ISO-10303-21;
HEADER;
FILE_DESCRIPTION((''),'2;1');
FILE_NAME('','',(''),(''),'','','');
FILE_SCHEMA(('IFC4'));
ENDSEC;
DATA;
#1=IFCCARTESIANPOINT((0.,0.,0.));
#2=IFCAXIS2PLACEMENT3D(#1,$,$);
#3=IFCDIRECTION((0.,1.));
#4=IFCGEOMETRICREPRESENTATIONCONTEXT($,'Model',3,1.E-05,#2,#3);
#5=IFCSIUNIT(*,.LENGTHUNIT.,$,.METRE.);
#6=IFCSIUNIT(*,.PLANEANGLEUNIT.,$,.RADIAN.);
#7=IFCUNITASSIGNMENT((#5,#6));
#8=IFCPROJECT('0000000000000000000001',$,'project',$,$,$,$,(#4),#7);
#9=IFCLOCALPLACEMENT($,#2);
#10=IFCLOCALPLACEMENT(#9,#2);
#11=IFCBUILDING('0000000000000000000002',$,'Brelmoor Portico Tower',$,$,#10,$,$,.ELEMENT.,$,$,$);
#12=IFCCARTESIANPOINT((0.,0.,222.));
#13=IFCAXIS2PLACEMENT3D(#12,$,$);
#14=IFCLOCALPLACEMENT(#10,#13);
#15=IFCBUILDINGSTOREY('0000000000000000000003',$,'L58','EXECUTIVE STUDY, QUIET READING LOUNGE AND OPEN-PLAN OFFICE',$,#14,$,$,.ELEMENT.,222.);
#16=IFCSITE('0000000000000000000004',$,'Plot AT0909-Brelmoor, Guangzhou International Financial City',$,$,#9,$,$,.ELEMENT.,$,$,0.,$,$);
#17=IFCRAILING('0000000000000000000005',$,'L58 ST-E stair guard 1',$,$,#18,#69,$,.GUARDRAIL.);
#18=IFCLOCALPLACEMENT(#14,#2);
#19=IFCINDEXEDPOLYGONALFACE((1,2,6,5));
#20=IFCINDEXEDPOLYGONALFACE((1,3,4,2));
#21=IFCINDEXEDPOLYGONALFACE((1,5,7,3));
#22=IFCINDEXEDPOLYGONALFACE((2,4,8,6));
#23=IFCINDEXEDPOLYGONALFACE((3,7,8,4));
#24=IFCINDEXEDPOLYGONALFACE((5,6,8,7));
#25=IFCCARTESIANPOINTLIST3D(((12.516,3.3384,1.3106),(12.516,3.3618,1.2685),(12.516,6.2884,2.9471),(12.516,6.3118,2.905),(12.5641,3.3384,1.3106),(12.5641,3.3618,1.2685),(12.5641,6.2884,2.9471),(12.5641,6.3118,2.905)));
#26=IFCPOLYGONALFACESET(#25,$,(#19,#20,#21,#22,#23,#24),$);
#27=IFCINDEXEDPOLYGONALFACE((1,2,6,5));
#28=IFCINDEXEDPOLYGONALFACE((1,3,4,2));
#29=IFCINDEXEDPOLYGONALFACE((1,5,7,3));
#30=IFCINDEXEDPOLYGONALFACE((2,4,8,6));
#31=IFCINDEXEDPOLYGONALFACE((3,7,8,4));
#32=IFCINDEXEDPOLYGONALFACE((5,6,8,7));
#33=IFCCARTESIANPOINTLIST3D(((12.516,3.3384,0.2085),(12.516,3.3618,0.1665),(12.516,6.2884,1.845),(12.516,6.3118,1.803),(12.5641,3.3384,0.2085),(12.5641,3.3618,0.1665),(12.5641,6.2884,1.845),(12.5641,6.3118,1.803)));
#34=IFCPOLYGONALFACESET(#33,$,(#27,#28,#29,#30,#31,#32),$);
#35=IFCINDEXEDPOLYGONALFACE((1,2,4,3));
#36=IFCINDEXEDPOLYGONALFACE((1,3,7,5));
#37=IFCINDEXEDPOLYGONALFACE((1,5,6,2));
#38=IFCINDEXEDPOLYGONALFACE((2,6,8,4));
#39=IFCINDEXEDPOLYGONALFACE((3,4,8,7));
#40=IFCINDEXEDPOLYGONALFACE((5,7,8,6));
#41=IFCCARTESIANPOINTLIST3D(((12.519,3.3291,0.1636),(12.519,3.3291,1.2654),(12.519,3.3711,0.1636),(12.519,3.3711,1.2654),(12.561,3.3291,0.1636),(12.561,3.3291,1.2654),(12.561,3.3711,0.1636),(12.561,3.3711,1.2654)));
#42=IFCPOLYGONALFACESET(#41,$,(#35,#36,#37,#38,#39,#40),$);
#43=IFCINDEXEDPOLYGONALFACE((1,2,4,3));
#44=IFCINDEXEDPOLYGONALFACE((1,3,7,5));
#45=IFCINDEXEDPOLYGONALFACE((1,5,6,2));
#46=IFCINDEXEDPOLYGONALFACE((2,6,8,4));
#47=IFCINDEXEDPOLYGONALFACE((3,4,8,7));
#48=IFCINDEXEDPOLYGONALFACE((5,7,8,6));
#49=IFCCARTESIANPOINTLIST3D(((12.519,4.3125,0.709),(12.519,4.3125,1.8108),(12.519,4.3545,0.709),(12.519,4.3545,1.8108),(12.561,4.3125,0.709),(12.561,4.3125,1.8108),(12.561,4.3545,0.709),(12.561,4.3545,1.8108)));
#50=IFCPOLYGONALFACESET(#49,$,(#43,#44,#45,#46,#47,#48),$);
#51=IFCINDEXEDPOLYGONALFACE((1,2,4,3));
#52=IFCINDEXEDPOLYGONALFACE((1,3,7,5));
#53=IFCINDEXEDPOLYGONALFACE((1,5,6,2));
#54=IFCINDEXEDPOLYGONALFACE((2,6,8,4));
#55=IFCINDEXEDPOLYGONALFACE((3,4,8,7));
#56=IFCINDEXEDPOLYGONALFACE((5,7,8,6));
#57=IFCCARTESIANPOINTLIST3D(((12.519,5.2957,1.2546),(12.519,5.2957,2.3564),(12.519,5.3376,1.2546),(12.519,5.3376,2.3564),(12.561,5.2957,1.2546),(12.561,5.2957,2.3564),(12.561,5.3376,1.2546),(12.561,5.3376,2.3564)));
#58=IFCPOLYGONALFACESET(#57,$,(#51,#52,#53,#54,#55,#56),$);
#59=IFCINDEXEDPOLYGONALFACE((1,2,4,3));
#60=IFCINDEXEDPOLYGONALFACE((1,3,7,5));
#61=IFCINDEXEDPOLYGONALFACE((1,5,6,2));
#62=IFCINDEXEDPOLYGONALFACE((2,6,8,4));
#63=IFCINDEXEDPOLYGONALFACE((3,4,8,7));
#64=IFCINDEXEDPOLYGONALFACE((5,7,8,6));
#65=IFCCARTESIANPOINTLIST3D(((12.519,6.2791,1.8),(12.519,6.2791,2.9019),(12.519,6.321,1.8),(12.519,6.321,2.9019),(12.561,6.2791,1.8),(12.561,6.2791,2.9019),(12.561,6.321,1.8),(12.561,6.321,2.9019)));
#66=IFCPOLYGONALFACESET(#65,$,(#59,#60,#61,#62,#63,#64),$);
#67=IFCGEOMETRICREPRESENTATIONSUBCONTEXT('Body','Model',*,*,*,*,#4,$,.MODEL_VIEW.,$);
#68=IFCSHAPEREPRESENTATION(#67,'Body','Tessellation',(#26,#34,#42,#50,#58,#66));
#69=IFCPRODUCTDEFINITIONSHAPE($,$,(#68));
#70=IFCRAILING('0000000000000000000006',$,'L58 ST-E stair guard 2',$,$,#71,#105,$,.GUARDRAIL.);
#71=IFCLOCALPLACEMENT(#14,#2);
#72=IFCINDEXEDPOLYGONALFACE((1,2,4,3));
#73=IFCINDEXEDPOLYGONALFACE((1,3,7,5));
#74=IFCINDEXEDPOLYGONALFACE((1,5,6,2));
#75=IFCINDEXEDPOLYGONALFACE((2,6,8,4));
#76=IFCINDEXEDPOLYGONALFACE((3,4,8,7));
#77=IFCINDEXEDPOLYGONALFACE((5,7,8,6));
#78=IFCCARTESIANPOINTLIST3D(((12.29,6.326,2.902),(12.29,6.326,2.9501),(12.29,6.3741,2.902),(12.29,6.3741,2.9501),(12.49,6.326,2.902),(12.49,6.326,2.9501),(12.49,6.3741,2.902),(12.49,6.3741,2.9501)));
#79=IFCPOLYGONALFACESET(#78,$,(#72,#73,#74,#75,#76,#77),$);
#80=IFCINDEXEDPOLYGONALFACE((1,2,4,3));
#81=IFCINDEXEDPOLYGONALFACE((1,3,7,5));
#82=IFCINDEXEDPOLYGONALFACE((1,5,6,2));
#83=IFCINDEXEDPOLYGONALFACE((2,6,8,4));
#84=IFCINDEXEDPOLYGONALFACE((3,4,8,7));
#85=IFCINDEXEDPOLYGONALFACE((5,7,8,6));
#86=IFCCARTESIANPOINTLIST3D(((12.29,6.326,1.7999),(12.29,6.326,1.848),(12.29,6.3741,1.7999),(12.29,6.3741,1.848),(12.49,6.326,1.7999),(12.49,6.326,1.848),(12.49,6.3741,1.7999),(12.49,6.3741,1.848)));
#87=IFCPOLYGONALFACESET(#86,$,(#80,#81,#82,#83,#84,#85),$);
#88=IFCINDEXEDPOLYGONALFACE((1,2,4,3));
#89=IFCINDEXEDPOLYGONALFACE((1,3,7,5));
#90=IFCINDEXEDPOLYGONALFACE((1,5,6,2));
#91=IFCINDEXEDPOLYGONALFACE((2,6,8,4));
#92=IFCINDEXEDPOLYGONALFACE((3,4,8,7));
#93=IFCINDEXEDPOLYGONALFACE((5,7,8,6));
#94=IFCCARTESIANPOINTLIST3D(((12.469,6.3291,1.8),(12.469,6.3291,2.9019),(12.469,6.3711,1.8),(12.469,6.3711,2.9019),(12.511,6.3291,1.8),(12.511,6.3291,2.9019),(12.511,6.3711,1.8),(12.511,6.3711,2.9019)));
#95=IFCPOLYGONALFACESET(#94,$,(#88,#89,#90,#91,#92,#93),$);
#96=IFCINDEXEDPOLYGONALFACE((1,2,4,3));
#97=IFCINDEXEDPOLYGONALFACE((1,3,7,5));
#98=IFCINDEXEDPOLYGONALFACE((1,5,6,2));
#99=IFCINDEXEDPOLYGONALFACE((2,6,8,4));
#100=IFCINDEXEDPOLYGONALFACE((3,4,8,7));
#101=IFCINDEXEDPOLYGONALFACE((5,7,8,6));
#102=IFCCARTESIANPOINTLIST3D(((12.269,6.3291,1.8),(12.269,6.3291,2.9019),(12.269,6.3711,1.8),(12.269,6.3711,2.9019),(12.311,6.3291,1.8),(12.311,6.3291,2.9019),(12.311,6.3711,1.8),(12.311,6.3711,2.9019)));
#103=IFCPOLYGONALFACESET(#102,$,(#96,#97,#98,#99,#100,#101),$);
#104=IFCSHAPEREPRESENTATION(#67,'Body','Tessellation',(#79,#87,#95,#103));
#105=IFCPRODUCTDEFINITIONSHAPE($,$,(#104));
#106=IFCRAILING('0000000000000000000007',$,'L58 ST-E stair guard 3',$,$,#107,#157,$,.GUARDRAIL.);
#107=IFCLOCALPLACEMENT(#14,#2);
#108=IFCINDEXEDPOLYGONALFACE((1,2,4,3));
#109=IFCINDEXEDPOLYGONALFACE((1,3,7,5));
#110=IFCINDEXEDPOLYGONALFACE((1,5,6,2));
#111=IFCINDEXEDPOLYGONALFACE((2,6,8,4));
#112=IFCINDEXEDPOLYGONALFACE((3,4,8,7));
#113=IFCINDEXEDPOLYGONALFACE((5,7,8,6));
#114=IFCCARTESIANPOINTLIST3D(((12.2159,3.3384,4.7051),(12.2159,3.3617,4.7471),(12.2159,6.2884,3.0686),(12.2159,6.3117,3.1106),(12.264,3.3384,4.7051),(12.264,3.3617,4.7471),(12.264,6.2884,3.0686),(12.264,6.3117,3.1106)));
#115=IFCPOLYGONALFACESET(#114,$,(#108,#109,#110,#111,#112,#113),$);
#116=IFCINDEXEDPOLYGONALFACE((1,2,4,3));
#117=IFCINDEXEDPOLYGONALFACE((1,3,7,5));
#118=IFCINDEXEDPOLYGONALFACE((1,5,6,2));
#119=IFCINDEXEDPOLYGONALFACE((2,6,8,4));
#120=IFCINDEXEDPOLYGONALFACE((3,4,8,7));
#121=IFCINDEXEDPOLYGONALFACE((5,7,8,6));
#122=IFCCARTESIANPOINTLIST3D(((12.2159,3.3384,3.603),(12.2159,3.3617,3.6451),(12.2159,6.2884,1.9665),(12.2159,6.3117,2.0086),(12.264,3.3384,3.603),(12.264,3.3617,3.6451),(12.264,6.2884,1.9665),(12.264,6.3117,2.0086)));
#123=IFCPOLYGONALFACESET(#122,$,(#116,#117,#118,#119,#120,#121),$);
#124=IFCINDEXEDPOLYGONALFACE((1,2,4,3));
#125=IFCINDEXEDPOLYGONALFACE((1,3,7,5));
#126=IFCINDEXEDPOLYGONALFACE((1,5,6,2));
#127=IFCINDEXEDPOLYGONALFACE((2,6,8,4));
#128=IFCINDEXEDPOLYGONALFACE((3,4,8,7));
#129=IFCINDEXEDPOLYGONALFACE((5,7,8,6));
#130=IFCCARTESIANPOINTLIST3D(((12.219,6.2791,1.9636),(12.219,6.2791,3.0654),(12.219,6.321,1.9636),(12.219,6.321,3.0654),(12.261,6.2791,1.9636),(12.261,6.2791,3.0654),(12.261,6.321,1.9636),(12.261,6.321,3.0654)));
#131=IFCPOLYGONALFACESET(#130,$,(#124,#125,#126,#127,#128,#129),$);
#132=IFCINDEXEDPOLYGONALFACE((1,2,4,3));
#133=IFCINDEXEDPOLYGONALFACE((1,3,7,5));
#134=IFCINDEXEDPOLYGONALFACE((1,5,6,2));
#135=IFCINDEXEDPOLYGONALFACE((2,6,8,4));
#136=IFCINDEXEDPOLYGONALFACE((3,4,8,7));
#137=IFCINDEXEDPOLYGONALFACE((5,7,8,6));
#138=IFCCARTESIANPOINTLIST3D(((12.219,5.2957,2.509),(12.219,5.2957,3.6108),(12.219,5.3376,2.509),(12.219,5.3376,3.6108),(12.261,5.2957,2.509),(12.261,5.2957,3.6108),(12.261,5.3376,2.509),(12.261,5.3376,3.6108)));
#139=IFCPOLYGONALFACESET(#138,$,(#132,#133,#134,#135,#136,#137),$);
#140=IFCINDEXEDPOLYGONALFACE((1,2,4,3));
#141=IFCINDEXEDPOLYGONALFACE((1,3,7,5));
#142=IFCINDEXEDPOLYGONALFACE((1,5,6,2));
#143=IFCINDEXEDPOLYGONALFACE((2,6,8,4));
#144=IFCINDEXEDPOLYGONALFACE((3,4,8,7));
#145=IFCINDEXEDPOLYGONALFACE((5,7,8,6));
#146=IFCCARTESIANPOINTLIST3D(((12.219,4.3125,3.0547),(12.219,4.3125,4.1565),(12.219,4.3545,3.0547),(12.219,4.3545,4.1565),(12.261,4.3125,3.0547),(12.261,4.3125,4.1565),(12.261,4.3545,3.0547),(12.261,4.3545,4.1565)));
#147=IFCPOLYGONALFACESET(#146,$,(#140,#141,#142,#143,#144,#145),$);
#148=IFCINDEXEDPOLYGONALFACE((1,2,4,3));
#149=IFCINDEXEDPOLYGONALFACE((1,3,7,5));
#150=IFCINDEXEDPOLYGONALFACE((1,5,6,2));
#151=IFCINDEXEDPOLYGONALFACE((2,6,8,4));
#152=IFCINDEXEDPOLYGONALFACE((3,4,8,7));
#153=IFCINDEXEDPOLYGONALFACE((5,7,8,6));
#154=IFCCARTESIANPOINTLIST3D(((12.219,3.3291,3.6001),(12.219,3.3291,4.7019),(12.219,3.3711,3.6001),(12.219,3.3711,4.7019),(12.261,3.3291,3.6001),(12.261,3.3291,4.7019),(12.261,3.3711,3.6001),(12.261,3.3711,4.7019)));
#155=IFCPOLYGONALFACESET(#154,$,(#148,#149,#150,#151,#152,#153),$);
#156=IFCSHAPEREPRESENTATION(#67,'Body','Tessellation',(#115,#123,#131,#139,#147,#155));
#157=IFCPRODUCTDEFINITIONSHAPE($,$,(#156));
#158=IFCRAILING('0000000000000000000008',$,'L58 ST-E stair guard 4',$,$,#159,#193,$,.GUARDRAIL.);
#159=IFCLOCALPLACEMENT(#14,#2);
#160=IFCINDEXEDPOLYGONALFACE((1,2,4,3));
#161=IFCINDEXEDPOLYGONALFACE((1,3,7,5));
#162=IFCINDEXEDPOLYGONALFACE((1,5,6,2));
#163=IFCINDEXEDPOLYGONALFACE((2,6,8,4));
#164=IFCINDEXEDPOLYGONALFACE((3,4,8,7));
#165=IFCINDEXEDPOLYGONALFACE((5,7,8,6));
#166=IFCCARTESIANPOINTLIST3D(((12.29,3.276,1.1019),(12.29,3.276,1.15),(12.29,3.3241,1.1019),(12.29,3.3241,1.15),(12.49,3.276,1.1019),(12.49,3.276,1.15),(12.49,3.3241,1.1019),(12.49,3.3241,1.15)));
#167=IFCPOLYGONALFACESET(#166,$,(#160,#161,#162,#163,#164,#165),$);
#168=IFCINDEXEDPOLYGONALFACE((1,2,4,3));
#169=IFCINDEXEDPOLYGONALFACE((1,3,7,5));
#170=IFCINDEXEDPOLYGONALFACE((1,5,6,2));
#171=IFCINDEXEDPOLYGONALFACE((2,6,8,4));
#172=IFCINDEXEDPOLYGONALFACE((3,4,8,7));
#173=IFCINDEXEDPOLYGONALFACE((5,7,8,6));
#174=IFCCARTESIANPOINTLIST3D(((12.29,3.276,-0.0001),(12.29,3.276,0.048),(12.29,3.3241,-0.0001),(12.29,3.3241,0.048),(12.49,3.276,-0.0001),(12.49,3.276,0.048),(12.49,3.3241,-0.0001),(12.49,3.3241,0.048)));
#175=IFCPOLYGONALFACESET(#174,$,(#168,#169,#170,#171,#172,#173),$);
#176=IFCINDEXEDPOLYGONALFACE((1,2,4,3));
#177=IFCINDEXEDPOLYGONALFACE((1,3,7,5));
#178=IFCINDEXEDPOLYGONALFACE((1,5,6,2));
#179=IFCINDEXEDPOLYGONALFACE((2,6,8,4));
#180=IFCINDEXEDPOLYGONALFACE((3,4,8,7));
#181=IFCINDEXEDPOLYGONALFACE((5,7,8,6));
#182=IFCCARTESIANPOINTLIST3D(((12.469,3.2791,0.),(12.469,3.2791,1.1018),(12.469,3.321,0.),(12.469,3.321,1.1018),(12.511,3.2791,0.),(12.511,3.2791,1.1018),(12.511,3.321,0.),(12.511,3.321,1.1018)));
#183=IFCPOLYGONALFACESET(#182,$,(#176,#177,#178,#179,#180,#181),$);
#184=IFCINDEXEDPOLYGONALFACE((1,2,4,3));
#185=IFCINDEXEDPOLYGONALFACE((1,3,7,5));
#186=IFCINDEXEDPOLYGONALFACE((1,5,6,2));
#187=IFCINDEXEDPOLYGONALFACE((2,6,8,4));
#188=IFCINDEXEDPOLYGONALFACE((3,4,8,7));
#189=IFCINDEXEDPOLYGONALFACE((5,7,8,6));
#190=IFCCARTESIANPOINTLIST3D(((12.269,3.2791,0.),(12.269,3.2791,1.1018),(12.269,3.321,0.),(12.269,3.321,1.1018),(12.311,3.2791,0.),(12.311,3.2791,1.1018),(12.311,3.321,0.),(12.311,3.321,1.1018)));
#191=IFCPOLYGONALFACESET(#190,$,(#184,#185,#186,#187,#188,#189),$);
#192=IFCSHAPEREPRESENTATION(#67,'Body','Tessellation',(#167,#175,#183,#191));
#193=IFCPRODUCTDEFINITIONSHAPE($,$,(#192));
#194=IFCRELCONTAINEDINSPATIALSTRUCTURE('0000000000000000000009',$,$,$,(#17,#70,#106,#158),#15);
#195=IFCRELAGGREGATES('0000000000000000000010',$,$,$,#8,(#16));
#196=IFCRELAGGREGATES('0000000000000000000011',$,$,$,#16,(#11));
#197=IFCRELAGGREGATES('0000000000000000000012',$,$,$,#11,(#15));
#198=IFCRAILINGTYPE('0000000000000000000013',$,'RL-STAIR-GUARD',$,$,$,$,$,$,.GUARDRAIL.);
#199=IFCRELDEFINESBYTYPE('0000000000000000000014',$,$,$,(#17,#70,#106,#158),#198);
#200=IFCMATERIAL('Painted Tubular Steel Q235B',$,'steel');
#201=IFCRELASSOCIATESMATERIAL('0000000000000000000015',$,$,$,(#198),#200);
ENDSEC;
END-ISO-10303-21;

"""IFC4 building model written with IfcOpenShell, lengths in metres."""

from ifc_helpers import new_model, si_unit, direction, frame, origin, origin_2d, place, context, subcontext, project, spatial, rectangle, extrude, material, type_object, element, save


model = new_model("IFC4")

# Units and contexts
model_context = context("Model", 3, precision=1e-05, world=origin(), true_north=direction((0.0, 1.0)))
body_context = subcontext(model_context, "Body", "Model", "MODEL_VIEW")
ifc_project = project(units=[si_unit("LENGTHUNIT", "METRE"), si_unit("PLANEANGLEUNIT", "RADIAN")], contexts=[model_context])

# Site, building, storey
site_placement = place(None, origin())
site = spatial("IfcSite", under=ifc_project, at=site_placement, Name="Plot AT0909-Brelmoor, Guangzhou International Financial City", CompositionType="ELEMENT", RefElevation=0.0)
building_placement = place(site_placement, origin())
building = spatial("IfcBuilding", under=site, at=building_placement, Name="Brelmoor Portico Tower", CompositionType="ELEMENT")
storey_placement = place(building_placement, frame((0.0, 0.0, 222.0)))
storey = spatial("IfcBuildingStorey", under=building, at=storey_placement, Name="L58", Description="EXECUTIVE STUDY, QUIET READING LOUNGE AND OPEN-PLAN OFFICE", CompositionType="ELEMENT", Elevation=222.0)

# Railings
ifc_material_1 = material(Name="Painted Tubular Steel Q235B", Category="steel")
railing_type_1 = type_object("IfcRailingType", Name="RL-STAIR-GUARD", PredefinedType="GUARDRAIL", material=ifc_material_1)
railing_1_placement = place(storey_placement, frame((12.54, 3.3501, 0.1636)))
element("IfcRailing", 1, at=railing_1_placement, inside=storey, type_object=railing_type_1, Name="L58 ST-E stair guard 1", PredefinedType="GUARDRAIL", context=body_context, shape_type="SweptSolid", body=[
    extrude(rectangle(XDim=0.0481, YDim=0.0481, at=origin_2d()), frame((0.0, 0.0, 1.126), z_axis=(0.0, 0.874458, 0.485102), x_axis=(-1.0, 0.0, 0.0)), (0.0, 0.0, 1.0), 3.3735),
    extrude(rectangle(XDim=0.0481, YDim=0.0481, at=origin_2d()), frame((0.0, 0.0, 0.0239), z_axis=(0.0, 0.874458, 0.485102), x_axis=(-1.0, 0.0, 0.0)), (0.0, 0.0, 1.0), 3.3735),
    extrude(rectangle(XDim=0.042, YDim=0.042, at=origin_2d()), origin(), (0.0, 0.0, 1.0), 1.1018),
    extrude(rectangle(XDim=0.042, YDim=0.042, at=origin_2d()), frame((0.0, 0.9834, 0.5454)), (0.0, 0.0, 1.0), 1.1018),
    extrude(rectangle(XDim=0.042, YDim=0.042, at=origin_2d()), frame((0.0, 1.9666, 1.0911)), (0.0, 0.0, 1.0), 1.1018),
    extrude(rectangle(XDim=0.042, YDim=0.042, at=origin_2d()), frame((0.0, 2.95, 1.6365)), (0.0, 0.0, 1.0), 1.1018),
])
railing_2_placement = place(storey_placement, frame((12.49, 6.3501, 1.8)))
element("IfcRailing", 2, at=railing_2_placement, inside=storey, type_object=railing_type_1, Name="L58 ST-E stair guard 2", PredefinedType="GUARDRAIL", context=body_context, shape_type="SweptSolid", body=[
    extrude(rectangle(XDim=0.0481, YDim=0.0481, at=origin_2d()), frame((0.0, 0.0, 1.126), z_axis=(-1.0, 0.0, 0.0), x_axis=(0.0, -1.0, 0.0)), (0.0, 0.0, 1.0), 0.2),
    extrude(rectangle(XDim=0.0481, YDim=0.0481, at=origin_2d()), frame((0.0, 0.0, 0.0239), z_axis=(-1.0, 0.0, 0.0), x_axis=(0.0, -1.0, 0.0)), (0.0, 0.0, 1.0), 0.2),
    extrude(rectangle(XDim=0.042, YDim=0.042, at=origin_2d()), origin(), (0.0, 0.0, 1.0), 1.1018),
    extrude(rectangle(XDim=0.042, YDim=0.042, at=origin_2d()), frame((-0.2, 0.0, 0.0)), (0.0, 0.0, 1.0), 1.1018),
])
railing_3_placement = place(storey_placement, frame((12.24, 6.3, 1.9636)))
element("IfcRailing", 3, at=railing_3_placement, inside=storey, type_object=railing_type_1, Name="L58 ST-E stair guard 3", PredefinedType="GUARDRAIL", context=body_context, shape_type="SweptSolid", body=[
    extrude(rectangle(XDim=0.0481, YDim=0.0481, at=origin_2d()), frame((0.0, 0.0, 1.126), z_axis=(0.0, -0.874458, 0.485102), x_axis=(1.0, 0.0, 0.0)), (0.0, 0.0, 1.0), 3.3735),
    extrude(rectangle(XDim=0.0481, YDim=0.0481, at=origin_2d()), frame((0.0, 0.0, 0.0239), z_axis=(0.0, -0.874458, 0.485102), x_axis=(1.0, 0.0, 0.0)), (0.0, 0.0, 1.0), 3.3735),
    extrude(rectangle(XDim=0.042, YDim=0.042, at=origin_2d()), origin(), (0.0, 0.0, 1.0), 1.1018),
    extrude(rectangle(XDim=0.042, YDim=0.042, at=origin_2d()), frame((0.0, -0.9834, 0.5454)), (0.0, 0.0, 1.0), 1.1018),
    extrude(rectangle(XDim=0.042, YDim=0.042, at=origin_2d()), frame((0.0, -1.9666, 1.0911)), (0.0, 0.0, 1.0), 1.1018),
    extrude(rectangle(XDim=0.042, YDim=0.042, at=origin_2d()), frame((0.0, -2.95, 1.6365)), (0.0, 0.0, 1.0), 1.1018),
])
railing_4_placement = place(storey_placement, frame((12.49, 3.3, 0.0)))
element("IfcRailing", 4, at=railing_4_placement, inside=storey, type_object=railing_type_1, Name="L58 ST-E stair guard 4", PredefinedType="GUARDRAIL", context=body_context, shape_type="SweptSolid", body=[
    extrude(rectangle(XDim=0.0481, YDim=0.0481, at=origin_2d()), frame((0.0, 0.0, 1.126), z_axis=(-1.0, 0.0, 0.0), x_axis=(0.0, -1.0, 0.0)), (0.0, 0.0, 1.0), 0.2),
    extrude(rectangle(XDim=0.0481, YDim=0.0481, at=origin_2d()), frame((0.0, 0.0, 0.0239), z_axis=(-1.0, 0.0, 0.0), x_axis=(0.0, -1.0, 0.0)), (0.0, 0.0, 1.0), 0.2),
    extrude(rectangle(XDim=0.042, YDim=0.042, at=origin_2d()), origin(), (0.0, 0.0, 1.0), 1.1018),
    extrude(rectangle(XDim=0.042, YDim=0.042, at=origin_2d()), frame((-0.2, 0.0, 0.0)), (0.0, 0.0, 1.0), 1.1018),
])

save(model, "model.ifc")
